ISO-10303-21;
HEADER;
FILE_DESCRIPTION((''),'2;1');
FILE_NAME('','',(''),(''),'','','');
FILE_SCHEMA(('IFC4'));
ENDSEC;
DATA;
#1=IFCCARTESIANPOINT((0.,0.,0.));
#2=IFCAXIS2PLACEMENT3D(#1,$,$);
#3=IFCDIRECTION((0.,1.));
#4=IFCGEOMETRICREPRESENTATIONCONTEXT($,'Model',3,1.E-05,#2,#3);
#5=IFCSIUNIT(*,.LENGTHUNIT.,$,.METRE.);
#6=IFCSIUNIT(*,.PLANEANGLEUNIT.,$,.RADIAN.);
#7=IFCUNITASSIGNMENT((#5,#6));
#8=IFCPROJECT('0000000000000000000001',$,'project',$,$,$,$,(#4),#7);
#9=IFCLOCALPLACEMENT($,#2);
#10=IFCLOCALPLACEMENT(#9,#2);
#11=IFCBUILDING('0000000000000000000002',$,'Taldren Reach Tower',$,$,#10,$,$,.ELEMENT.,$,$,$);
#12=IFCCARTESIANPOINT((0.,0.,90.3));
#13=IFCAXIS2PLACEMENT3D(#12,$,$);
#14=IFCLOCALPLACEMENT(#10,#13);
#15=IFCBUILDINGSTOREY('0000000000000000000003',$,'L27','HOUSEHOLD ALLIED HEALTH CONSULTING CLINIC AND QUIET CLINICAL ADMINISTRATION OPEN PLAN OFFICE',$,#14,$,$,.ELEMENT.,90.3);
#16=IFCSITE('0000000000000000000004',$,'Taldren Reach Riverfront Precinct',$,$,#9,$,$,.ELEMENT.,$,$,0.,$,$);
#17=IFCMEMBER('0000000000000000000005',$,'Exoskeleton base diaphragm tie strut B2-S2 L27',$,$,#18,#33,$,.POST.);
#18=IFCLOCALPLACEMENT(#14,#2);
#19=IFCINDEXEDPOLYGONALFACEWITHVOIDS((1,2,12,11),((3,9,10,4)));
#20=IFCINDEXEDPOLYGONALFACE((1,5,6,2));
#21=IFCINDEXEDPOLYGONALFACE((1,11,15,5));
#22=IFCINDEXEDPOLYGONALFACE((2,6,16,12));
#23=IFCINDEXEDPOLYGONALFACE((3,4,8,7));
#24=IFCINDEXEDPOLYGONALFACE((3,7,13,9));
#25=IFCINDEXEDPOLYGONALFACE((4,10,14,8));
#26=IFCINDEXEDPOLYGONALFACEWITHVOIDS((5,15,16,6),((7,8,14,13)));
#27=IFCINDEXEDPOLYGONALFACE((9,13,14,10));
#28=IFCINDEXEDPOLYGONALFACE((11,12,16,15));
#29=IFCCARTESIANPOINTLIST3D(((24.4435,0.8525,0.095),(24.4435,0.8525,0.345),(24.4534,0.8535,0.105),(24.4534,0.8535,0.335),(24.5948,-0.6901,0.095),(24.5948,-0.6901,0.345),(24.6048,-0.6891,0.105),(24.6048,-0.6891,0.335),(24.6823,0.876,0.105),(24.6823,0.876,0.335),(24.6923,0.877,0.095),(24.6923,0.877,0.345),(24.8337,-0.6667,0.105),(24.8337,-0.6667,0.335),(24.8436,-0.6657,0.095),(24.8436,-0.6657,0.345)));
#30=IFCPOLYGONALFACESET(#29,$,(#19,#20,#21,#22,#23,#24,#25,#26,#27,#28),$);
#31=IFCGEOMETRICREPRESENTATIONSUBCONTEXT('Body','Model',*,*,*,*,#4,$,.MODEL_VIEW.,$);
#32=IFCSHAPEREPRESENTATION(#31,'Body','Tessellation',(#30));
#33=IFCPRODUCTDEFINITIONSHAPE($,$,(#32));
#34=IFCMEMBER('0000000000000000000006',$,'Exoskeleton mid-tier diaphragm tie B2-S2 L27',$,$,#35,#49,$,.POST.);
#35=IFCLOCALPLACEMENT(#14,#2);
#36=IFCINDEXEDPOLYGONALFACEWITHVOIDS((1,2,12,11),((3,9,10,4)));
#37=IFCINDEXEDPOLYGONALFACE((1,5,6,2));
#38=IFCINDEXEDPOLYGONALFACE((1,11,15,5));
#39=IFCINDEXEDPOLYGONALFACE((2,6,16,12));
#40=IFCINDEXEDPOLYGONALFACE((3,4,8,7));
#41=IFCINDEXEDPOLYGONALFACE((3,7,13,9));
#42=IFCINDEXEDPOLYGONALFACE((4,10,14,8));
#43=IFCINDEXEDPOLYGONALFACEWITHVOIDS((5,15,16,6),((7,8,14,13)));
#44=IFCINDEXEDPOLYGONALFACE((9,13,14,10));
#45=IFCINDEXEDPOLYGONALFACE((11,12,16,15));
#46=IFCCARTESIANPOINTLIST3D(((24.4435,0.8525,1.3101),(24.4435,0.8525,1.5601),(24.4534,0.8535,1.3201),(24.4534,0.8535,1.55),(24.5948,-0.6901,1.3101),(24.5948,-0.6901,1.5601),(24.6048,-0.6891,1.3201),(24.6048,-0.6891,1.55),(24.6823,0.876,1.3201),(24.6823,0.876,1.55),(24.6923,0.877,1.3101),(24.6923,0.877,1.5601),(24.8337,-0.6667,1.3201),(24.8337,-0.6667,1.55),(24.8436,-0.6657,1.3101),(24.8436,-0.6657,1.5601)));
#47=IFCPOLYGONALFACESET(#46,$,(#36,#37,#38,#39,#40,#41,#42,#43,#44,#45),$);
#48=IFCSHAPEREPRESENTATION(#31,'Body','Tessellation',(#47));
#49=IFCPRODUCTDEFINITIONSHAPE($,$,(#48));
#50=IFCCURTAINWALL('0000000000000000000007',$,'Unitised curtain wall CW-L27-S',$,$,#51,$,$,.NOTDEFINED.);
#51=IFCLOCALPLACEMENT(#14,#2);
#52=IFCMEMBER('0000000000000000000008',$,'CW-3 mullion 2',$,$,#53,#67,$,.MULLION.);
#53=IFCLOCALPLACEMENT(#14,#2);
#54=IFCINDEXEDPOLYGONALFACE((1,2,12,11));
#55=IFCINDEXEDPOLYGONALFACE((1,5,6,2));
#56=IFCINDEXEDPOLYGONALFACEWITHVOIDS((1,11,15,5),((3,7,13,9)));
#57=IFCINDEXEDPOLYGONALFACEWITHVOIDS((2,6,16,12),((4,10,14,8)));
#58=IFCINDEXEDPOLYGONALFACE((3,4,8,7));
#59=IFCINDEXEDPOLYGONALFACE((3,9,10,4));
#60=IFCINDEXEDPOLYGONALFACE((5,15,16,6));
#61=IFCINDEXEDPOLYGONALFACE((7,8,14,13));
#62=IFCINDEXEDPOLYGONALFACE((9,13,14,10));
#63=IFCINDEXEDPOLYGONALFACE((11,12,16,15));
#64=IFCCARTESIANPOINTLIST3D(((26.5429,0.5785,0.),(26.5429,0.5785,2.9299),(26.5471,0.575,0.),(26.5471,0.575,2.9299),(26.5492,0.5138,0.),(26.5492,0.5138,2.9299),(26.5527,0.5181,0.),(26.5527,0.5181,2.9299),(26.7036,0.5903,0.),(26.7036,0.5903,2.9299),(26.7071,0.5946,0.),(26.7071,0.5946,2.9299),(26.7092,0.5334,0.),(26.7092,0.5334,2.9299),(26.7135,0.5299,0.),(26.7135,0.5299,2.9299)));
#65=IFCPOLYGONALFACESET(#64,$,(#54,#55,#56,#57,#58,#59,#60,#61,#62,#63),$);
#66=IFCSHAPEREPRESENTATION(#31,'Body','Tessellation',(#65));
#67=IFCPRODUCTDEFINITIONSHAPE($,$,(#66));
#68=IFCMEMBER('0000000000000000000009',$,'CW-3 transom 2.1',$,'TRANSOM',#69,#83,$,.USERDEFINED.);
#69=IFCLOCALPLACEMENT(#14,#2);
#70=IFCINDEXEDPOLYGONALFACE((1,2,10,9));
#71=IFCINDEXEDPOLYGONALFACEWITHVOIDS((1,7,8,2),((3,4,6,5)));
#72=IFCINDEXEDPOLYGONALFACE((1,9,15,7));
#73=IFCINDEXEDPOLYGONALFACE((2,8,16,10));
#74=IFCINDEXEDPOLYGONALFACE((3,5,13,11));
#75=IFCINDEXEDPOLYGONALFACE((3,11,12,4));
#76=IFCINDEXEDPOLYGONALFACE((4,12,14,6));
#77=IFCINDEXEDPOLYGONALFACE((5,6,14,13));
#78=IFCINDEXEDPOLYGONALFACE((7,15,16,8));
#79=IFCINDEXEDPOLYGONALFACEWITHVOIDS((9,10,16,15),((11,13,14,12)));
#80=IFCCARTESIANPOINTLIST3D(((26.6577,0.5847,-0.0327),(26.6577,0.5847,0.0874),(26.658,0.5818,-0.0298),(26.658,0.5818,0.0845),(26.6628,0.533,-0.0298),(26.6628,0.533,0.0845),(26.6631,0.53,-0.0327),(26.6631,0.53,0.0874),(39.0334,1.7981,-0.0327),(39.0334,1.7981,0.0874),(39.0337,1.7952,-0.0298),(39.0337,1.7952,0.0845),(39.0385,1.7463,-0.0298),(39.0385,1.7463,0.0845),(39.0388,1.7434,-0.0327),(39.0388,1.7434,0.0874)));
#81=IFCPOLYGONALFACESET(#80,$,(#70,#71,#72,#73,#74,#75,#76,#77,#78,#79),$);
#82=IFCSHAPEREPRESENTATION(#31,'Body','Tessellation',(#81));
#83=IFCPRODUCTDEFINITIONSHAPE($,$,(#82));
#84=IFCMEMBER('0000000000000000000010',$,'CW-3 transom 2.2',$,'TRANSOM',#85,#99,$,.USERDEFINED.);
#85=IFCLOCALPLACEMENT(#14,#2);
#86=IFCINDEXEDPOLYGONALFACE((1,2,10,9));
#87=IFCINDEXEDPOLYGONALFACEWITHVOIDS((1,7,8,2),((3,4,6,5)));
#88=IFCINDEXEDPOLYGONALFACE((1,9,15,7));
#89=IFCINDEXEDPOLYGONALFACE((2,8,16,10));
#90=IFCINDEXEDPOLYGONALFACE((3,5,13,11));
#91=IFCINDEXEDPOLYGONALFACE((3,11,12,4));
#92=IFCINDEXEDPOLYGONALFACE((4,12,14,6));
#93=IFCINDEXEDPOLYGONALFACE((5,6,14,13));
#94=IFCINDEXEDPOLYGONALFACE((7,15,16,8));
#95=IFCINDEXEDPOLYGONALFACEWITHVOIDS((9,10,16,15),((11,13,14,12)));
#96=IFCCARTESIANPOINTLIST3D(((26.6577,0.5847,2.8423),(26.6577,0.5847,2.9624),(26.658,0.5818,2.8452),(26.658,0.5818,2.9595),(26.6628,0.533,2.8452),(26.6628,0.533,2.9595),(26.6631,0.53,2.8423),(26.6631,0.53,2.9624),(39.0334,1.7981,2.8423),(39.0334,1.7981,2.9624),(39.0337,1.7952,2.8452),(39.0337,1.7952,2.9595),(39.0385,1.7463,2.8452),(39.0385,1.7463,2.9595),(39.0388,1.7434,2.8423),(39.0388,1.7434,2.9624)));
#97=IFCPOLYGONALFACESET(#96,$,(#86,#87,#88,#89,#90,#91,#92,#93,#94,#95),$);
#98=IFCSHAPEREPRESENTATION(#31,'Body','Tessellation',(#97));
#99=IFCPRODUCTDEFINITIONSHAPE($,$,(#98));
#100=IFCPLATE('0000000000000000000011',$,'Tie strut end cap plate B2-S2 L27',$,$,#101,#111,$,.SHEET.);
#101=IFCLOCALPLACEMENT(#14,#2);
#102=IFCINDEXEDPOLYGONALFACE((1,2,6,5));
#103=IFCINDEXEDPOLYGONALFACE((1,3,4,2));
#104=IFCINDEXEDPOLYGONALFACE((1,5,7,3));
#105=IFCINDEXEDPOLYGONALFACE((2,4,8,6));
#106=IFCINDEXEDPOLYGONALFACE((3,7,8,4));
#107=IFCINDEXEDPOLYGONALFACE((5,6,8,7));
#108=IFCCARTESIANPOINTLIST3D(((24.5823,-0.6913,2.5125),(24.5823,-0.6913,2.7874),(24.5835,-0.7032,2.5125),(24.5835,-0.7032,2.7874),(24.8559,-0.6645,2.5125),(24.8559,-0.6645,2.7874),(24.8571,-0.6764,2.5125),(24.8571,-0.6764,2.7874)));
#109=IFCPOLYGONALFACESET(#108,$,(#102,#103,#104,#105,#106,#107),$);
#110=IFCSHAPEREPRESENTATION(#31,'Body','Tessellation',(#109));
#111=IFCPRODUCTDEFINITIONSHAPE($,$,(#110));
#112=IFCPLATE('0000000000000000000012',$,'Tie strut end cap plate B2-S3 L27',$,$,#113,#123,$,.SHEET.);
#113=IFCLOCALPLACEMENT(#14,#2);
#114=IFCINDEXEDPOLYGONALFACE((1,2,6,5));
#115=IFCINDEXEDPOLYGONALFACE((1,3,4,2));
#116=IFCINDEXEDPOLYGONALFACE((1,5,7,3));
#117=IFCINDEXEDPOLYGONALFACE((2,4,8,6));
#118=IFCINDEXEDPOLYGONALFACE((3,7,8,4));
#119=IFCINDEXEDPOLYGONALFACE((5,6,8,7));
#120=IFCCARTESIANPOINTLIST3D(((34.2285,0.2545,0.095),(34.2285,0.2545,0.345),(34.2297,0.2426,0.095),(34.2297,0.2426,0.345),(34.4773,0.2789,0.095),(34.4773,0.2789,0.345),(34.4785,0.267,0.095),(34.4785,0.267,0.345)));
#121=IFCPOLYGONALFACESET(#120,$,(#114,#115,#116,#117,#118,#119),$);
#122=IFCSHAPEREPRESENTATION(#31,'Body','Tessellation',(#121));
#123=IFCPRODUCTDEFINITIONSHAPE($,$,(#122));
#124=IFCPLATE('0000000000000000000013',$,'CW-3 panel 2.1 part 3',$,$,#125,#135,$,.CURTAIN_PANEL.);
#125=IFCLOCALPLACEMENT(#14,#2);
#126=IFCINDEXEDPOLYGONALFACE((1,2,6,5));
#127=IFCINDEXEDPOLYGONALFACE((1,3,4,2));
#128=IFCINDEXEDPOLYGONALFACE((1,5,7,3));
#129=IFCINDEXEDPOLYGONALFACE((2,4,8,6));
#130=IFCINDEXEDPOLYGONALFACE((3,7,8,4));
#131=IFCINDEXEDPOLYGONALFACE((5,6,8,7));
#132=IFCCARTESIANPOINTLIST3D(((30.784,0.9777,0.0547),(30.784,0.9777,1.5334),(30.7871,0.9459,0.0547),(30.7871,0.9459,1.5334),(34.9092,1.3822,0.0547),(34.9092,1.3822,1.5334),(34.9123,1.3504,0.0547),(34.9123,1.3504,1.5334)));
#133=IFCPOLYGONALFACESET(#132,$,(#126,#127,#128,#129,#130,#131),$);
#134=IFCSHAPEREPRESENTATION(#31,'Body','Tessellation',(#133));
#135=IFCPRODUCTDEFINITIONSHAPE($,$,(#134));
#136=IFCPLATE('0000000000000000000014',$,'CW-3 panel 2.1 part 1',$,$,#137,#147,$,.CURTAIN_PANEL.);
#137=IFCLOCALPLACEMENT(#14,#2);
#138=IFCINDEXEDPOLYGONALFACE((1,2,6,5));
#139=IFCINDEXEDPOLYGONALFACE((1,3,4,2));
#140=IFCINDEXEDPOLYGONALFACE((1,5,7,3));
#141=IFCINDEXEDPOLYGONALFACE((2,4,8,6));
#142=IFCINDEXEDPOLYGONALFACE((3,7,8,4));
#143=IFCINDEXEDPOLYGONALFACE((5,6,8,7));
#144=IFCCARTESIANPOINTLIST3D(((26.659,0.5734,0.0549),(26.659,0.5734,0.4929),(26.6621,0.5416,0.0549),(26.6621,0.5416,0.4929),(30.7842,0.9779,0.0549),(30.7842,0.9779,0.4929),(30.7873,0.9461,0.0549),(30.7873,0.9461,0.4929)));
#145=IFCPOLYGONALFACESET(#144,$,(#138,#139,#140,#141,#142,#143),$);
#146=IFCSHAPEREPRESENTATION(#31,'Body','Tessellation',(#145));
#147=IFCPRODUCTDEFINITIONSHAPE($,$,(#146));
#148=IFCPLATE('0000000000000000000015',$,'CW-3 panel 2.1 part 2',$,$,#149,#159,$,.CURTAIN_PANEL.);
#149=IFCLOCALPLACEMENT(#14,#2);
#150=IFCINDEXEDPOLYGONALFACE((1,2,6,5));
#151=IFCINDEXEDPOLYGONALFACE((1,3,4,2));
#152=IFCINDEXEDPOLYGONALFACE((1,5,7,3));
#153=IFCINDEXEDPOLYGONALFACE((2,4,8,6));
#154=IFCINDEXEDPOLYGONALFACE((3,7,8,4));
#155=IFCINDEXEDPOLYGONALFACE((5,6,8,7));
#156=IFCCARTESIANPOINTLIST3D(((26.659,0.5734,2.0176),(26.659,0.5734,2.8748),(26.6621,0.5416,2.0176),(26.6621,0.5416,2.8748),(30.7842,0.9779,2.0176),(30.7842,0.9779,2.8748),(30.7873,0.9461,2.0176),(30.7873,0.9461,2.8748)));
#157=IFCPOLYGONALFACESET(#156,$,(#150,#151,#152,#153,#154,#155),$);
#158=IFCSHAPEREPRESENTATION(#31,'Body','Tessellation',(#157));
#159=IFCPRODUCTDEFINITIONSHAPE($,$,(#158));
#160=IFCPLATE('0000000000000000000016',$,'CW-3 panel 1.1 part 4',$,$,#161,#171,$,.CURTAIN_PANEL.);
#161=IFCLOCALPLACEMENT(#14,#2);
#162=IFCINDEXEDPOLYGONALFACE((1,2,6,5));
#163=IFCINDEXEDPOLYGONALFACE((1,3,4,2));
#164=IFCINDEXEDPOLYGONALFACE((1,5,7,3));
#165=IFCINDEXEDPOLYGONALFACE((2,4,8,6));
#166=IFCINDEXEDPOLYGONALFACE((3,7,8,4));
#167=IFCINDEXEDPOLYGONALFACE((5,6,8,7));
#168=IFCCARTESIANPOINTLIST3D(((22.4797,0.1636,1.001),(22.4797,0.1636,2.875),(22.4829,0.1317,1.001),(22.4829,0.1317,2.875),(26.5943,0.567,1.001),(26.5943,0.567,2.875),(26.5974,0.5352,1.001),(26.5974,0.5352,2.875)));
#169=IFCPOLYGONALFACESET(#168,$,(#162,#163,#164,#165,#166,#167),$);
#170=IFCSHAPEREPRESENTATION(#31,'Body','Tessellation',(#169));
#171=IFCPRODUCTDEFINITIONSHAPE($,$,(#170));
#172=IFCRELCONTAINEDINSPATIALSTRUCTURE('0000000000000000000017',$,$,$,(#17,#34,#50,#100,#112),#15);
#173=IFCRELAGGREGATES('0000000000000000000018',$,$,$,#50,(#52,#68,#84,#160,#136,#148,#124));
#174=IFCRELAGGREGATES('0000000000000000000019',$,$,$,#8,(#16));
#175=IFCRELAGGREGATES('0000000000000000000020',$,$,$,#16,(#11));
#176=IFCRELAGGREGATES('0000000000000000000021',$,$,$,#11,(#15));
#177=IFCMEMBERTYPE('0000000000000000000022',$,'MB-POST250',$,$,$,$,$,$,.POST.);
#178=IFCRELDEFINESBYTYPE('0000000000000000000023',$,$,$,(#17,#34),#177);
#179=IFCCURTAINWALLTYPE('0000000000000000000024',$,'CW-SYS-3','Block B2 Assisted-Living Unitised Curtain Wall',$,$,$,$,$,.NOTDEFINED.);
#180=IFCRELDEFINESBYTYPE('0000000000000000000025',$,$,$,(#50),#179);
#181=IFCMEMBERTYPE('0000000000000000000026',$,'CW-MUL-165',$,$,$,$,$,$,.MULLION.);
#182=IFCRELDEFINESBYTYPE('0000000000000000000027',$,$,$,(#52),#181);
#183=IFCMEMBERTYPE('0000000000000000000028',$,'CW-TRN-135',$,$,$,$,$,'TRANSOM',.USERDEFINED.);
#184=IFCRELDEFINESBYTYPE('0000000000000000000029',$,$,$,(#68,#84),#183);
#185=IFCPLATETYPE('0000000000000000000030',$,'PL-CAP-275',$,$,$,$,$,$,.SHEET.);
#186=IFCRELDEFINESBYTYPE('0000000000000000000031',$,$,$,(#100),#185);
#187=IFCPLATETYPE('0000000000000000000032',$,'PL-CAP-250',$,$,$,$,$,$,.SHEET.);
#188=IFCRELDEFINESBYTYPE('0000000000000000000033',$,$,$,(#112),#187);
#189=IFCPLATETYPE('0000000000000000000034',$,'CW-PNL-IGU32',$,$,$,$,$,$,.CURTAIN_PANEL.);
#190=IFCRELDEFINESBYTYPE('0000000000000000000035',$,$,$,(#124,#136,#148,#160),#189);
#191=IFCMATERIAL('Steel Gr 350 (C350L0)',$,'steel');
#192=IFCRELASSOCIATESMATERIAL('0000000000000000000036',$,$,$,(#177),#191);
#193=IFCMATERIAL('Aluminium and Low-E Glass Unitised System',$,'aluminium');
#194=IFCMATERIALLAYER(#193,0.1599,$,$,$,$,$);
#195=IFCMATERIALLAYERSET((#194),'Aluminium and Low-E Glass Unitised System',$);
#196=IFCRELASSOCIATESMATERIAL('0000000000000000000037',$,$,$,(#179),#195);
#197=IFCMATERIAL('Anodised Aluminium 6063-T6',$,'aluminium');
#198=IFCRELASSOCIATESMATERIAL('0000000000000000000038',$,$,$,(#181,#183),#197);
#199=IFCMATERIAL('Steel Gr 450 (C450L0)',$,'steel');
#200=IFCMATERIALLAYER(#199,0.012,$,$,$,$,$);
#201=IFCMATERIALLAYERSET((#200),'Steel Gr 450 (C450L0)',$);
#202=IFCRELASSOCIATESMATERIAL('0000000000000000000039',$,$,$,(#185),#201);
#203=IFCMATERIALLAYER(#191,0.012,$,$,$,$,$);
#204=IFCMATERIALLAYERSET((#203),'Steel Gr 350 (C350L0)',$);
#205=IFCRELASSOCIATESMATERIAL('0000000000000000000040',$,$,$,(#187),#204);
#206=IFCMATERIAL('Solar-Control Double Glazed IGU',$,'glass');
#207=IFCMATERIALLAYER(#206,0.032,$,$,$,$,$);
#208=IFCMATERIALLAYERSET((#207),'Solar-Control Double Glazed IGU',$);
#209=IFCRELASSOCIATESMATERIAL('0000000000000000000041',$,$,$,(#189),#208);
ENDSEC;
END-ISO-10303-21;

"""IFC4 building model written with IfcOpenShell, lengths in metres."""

from ifc_helpers import new_model, si_unit, direction, frame, origin, origin_2d, place, context, subcontext, project, spatial, rectangle, hollow_rectangle, extrude, source, transform, mapped, material, layer, layer_set, material_profile, profile_set, type_object, element, aggregate, save


model = new_model("IFC4")

# Units and contexts
model_context = context("Model", 3, precision=1e-05, world=origin(), true_north=direction((0.0, 1.0)))
body_context = subcontext(model_context, "Body", "Model", "MODEL_VIEW")
ifc_project = project(units=[si_unit("LENGTHUNIT", "METRE"), si_unit("PLANEANGLEUNIT", "RADIAN")], contexts=[model_context])

# Site, building, storey
site_placement = place(None, origin())
site = spatial("IfcSite", under=ifc_project, at=site_placement, Name="Taldren Reach Riverfront Precinct", CompositionType="ELEMENT", RefElevation=0.0)
building_placement = place(site_placement, origin())
building = spatial("IfcBuilding", under=site, at=building_placement, Name="Taldren Reach Tower", CompositionType="ELEMENT")
storey_placement = place(building_placement, frame((0.0, 0.0, 90.3)))
storey = spatial("IfcBuildingStorey", under=building, at=storey_placement, Name="L27", Description="HOUSEHOLD ALLIED HEALTH CONSULTING CLINIC AND QUIET CLINICAL ADMINISTRATION OPEN PLAN OFFICE", CompositionType="ELEMENT", Elevation=90.3)

# Members
ifc_material_1 = material(Name="Steel Gr 450 (C450L0)", Category="steel")
ifc_material_2 = material(Name="Steel Gr 350 (C350L0)", Category="steel")
ifc_material_profile_1 = material_profile(ifc_material_2, hollow_rectangle(XDim=0.25, YDim=0.25, WallThickness=0.01, at=origin_2d()), Name="250x250x10.0SHS")
ifc_profile_set_1 = profile_set([ifc_material_profile_1], Name="Steel Gr 350 (C350L0)")
member_type_1 = type_object("IfcMemberType", Name="MB-POST250", PredefinedType="POST", material=ifc_profile_set_1)
shared_shape_1 = source(origin(), body_context, "Body", "SweptSolid", [
    extrude(hollow_rectangle(XDim=0.25, YDim=0.25, WallThickness=0.01, at=origin_2d()), origin(), (0.0, 0.0, 1.0), 1.55),
])
for number, where, z_axis, x_axis, name in (
    (1, (24.5679, 0.8647, 0.22), (0.097648, -0.995221, 0.0), (0.995221, 0.097648, 0.0), "Exoskeleton base diaphragm tie strut B2-S2 L27"),
    (2, (24.5679, 0.8647, 1.4351), (0.097648, -0.995221, 0.0), (0.995221, 0.097648, 0.0), "Exoskeleton mid-tier diaphragm tie B2-S2 L27"),
):
    element("IfcMember", number, at=place(storey_placement, frame(where, z_axis=z_axis, x_axis=x_axis)), inside=storey, type_object=member_type_1, Name=name, PredefinedType="POST", context=body_context, shape_type="MappedRepresentation", body=[
        mapped(shared_shape_1, transform((0.0, 0.0, 0.0), scale=1.0)),
    ])

# Curtain wall, members
ifc_material_3 = material(Name="Aluminium and Low-E Glass Unitised System", Category="aluminium")
ifc_layer_1 = layer(ifc_material_3, 0.1599)
ifc_layer_set_1 = layer_set([ifc_layer_1], Name="Aluminium and Low-E Glass Unitised System")
curtain_wall_type = type_object("IfcCurtainWallType", Name="CW-SYS-3", Description="Block B2 Assisted-Living Unitised Curtain Wall", PredefinedType="NOTDEFINED", material=ifc_layer_set_1)
curtain_wall_placement = place(storey_placement, origin())
curtain_wall = element("IfcCurtainWall", 3, at=curtain_wall_placement, inside=storey, type_object=curtain_wall_type, Name="Unitised curtain wall CW-L27-S", PredefinedType="NOTDEFINED")
ifc_material_4 = material(Name="Anodised Aluminium 6063-T6", Category="aluminium")
ifc_material_profile_2 = material_profile(ifc_material_4, hollow_rectangle(XDim=0.0649, YDim=0.165, WallThickness=0.0039, at=origin_2d()), Name="ALU-165x65x4RHS")
ifc_profile_set_2 = profile_set([ifc_material_profile_2], Name="Anodised Aluminium 6063-T6")
member_type_2 = type_object("IfcMemberType", Name="CW-MUL-165", PredefinedType="MULLION", material=ifc_profile_set_2)
shared_shape_2 = source(origin(), body_context, "Body", "SweptSolid", [
    extrude(hollow_rectangle(XDim=0.0649, YDim=0.165, WallThickness=0.0039, at=origin_2d()), origin(), (0.0, 0.0, 1.0), 2.9299),
])
member_1_placement = place(storey_placement, frame((26.6282, 0.5542, 0.0), z_axis=(0.0, 0.0, 1.0), x_axis=(-0.097583, 0.995227, 0.0)))
member_1 = element("IfcMember", 4, at=member_1_placement, type_object=member_type_2, Name="CW-3 mullion 2", PredefinedType="MULLION", context=body_context, shape_type="MappedRepresentation", body=[
    mapped(shared_shape_2, transform((0.0, 0.0, 0.0), scale=1.0)),
])
ifc_material_profile_3 = material_profile(ifc_material_4, hollow_rectangle(XDim=0.0549, YDim=0.1201, WallThickness=0.0029, at=origin_2d()), Name="ALU-120x55x3RHS")
ifc_profile_set_3 = profile_set([ifc_material_profile_3], Name="Anodised Aluminium 6063-T6")
member_type_3 = type_object("IfcMemberType", Name="CW-TRN-135", ElementType="TRANSOM", PredefinedType="USERDEFINED", material=ifc_profile_set_3)
shared_shape_3 = source(origin(), body_context, "Body", "SweptSolid", [
    extrude(hollow_rectangle(XDim=0.0549, YDim=0.1201, WallThickness=0.0029, at=origin_2d()), origin(), (0.0, 0.0, 1.0), 12.4351),
])
member_2_placement = place(storey_placement, frame((26.6604, 0.5574, 0.0273), z_axis=(0.995228, 0.097577, 0.0), x_axis=(-0.097577, 0.995228, 0.0)))
member_2 = element("IfcMember", 5, at=member_2_placement, type_object=member_type_3, Name="CW-3 transom 2.1", ObjectType="TRANSOM", PredefinedType="USERDEFINED", context=body_context, shape_type="MappedRepresentation", body=[
    mapped(shared_shape_3, transform((0.0, 0.0, 0.0), scale=1.0)),
])
member_3_placement = place(storey_placement, frame((26.6604, 0.5574, 2.9023), z_axis=(0.995228, 0.097577, 0.0), x_axis=(-0.097577, 0.995228, 0.0)))
member_3 = element("IfcMember", 6, at=member_3_placement, type_object=member_type_3, Name="CW-3 transom 2.2", ObjectType="TRANSOM", PredefinedType="USERDEFINED", context=body_context, shape_type="MappedRepresentation", body=[
    mapped(shared_shape_3, transform((0.0, 0.0, 0.0), scale=1.0)),
])

# Plates
ifc_layer_2 = layer(ifc_material_1, 0.012)
ifc_layer_set_2 = layer_set([ifc_layer_2], Name="Steel Gr 450 (C450L0)")
plate_type_1 = type_object("IfcPlateType", Name="PL-CAP-275", PredefinedType="SHEET", material=ifc_layer_set_2)
shared_shape_4 = source(origin(), body_context, "Body", "SweptSolid", [
    extrude(rectangle(XDim=0.2749, YDim=0.012, at=origin_2d()), origin(), (0.0, 0.0, 1.0), 0.2749),
])
plate_1_placement = place(storey_placement, frame((24.7197, -0.6838, 2.5125), z_axis=(0.0, 0.0, 1.0), x_axis=(0.995227, 0.097583, 0.0)))
element("IfcPlate", 7, at=plate_1_placement, inside=storey, type_object=plate_type_1, Name="Tie strut end cap plate B2-S2 L27", PredefinedType="SHEET", context=body_context, shape_type="MappedRepresentation", body=[
    mapped(shared_shape_4, transform((0.0, 0.0, 0.0), scale=1.0)),
])
ifc_layer_3 = layer(ifc_material_2, 0.012)
ifc_layer_set_3 = layer_set([ifc_layer_3], Name="Steel Gr 350 (C350L0)")
plate_type_2 = type_object("IfcPlateType", Name="PL-CAP-250", PredefinedType="SHEET", material=ifc_layer_set_3)
shared_shape_5 = source(origin(), body_context, "Body", "SweptSolid", [
    extrude(rectangle(XDim=0.25, YDim=0.012, at=origin_2d()), origin(), (0.0, 0.0, 1.0), 0.25),
])
plate_2_placement = place(storey_placement, frame((34.3535, 0.2607, 0.095), z_axis=(0.0, 0.0, 1.0), x_axis=(0.995227, 0.097583, 0.0)))
element("IfcPlate", 8, at=plate_2_placement, inside=storey, type_object=plate_type_2, Name="Tie strut end cap plate B2-S3 L27", PredefinedType="SHEET", context=body_context, shape_type="MappedRepresentation", body=[
    mapped(shared_shape_5, transform((0.0, 0.0, 0.0), scale=1.0)),
])

# Plates
ifc_material_5 = material(Name="Solar-Control Double Glazed IGU", Category="glass")
ifc_layer_4 = layer(ifc_material_5, 0.032)
ifc_layer_set_4 = layer_set([ifc_layer_4], Name="Solar-Control Double Glazed IGU")
plate_type_3 = type_object("IfcPlateType", Name="CW-PNL-IGU32", PredefinedType="CURTAIN_PANEL", material=ifc_layer_set_4)
shared_shape_6 = source(origin(), body_context, "Body", "SweptSolid", [
    extrude(rectangle(XDim=4.145, YDim=0.032, at=origin_2d()), origin(), (0.0, 0.0, 1.0), 1.4788),
])
plate_3_placement = place(storey_placement, frame((32.8481, 1.1641, 0.0547), z_axis=(0.0, 0.0, 1.0), x_axis=(0.995227, 0.097583, 0.0)))
plate_3 = element("IfcPlate", 9, at=plate_3_placement, type_object=plate_type_3, Name="CW-3 panel 2.1 part 3", PredefinedType="CURTAIN_PANEL", context=body_context, shape_type="MappedRepresentation", body=[
    mapped(shared_shape_6, transform((0.0, 0.0, 0.0), scale=1.0)),
])
shared_shape_7 = source(origin(), body_context, "Body", "SweptSolid", [
    extrude(rectangle(XDim=4.145, YDim=0.032, at=origin_2d()), origin(), (0.0, 0.0, 1.0), 0.438),
])
plate_4_placement = place(storey_placement, frame((28.7231, 0.7598, 0.0549), z_axis=(0.0, 0.0, 1.0), x_axis=(0.995227, 0.097583, 0.0)))
plate_4 = element("IfcPlate", 10, at=plate_4_placement, type_object=plate_type_3, Name="CW-3 panel 2.1 part 1", PredefinedType="CURTAIN_PANEL", context=body_context, shape_type="MappedRepresentation", body=[
    mapped(shared_shape_7, transform((0.0, 0.0, 0.0), scale=1.0)),
])
shared_shape_8 = source(origin(), body_context, "Body", "SweptSolid", [
    extrude(rectangle(XDim=4.145, YDim=0.032, at=origin_2d()), origin(), (0.0, 0.0, 1.0), 0.8572),
])
plate_5_placement = place(storey_placement, frame((28.7231, 0.7598, 2.0176), z_axis=(0.0, 0.0, 1.0), x_axis=(0.995227, 0.097583, 0.0)))
plate_5 = element("IfcPlate", 11, at=plate_5_placement, type_object=plate_type_3, Name="CW-3 panel 2.1 part 2", PredefinedType="CURTAIN_PANEL", context=body_context, shape_type="MappedRepresentation", body=[
    mapped(shared_shape_8, transform((0.0, 0.0, 0.0), scale=1.0)),
])
shared_shape_9 = source(origin(), body_context, "Body", "SweptSolid", [
    extrude(rectangle(XDim=4.1343, YDim=0.032, at=origin_2d()), origin(), (0.0, 0.0, 1.0), 1.874),
])
plate_6_placement = place(storey_placement, frame((24.5386, 0.3494, 1.001), z_axis=(0.0, 0.0, 1.0), x_axis=(0.995227, 0.097583, 0.0)))
plate_6 = element("IfcPlate", 12, at=plate_6_placement, type_object=plate_type_3, Name="CW-3 panel 1.1 part 4", PredefinedType="CURTAIN_PANEL", context=body_context, shape_type="MappedRepresentation", body=[
    mapped(shared_shape_9, transform((0.0, 0.0, 0.0), scale=1.0)),
])
aggregate(curtain_wall, [member_1, member_2, member_3, plate_6, plate_4, plate_5, plate_3])

save(model, "model.ifc")
